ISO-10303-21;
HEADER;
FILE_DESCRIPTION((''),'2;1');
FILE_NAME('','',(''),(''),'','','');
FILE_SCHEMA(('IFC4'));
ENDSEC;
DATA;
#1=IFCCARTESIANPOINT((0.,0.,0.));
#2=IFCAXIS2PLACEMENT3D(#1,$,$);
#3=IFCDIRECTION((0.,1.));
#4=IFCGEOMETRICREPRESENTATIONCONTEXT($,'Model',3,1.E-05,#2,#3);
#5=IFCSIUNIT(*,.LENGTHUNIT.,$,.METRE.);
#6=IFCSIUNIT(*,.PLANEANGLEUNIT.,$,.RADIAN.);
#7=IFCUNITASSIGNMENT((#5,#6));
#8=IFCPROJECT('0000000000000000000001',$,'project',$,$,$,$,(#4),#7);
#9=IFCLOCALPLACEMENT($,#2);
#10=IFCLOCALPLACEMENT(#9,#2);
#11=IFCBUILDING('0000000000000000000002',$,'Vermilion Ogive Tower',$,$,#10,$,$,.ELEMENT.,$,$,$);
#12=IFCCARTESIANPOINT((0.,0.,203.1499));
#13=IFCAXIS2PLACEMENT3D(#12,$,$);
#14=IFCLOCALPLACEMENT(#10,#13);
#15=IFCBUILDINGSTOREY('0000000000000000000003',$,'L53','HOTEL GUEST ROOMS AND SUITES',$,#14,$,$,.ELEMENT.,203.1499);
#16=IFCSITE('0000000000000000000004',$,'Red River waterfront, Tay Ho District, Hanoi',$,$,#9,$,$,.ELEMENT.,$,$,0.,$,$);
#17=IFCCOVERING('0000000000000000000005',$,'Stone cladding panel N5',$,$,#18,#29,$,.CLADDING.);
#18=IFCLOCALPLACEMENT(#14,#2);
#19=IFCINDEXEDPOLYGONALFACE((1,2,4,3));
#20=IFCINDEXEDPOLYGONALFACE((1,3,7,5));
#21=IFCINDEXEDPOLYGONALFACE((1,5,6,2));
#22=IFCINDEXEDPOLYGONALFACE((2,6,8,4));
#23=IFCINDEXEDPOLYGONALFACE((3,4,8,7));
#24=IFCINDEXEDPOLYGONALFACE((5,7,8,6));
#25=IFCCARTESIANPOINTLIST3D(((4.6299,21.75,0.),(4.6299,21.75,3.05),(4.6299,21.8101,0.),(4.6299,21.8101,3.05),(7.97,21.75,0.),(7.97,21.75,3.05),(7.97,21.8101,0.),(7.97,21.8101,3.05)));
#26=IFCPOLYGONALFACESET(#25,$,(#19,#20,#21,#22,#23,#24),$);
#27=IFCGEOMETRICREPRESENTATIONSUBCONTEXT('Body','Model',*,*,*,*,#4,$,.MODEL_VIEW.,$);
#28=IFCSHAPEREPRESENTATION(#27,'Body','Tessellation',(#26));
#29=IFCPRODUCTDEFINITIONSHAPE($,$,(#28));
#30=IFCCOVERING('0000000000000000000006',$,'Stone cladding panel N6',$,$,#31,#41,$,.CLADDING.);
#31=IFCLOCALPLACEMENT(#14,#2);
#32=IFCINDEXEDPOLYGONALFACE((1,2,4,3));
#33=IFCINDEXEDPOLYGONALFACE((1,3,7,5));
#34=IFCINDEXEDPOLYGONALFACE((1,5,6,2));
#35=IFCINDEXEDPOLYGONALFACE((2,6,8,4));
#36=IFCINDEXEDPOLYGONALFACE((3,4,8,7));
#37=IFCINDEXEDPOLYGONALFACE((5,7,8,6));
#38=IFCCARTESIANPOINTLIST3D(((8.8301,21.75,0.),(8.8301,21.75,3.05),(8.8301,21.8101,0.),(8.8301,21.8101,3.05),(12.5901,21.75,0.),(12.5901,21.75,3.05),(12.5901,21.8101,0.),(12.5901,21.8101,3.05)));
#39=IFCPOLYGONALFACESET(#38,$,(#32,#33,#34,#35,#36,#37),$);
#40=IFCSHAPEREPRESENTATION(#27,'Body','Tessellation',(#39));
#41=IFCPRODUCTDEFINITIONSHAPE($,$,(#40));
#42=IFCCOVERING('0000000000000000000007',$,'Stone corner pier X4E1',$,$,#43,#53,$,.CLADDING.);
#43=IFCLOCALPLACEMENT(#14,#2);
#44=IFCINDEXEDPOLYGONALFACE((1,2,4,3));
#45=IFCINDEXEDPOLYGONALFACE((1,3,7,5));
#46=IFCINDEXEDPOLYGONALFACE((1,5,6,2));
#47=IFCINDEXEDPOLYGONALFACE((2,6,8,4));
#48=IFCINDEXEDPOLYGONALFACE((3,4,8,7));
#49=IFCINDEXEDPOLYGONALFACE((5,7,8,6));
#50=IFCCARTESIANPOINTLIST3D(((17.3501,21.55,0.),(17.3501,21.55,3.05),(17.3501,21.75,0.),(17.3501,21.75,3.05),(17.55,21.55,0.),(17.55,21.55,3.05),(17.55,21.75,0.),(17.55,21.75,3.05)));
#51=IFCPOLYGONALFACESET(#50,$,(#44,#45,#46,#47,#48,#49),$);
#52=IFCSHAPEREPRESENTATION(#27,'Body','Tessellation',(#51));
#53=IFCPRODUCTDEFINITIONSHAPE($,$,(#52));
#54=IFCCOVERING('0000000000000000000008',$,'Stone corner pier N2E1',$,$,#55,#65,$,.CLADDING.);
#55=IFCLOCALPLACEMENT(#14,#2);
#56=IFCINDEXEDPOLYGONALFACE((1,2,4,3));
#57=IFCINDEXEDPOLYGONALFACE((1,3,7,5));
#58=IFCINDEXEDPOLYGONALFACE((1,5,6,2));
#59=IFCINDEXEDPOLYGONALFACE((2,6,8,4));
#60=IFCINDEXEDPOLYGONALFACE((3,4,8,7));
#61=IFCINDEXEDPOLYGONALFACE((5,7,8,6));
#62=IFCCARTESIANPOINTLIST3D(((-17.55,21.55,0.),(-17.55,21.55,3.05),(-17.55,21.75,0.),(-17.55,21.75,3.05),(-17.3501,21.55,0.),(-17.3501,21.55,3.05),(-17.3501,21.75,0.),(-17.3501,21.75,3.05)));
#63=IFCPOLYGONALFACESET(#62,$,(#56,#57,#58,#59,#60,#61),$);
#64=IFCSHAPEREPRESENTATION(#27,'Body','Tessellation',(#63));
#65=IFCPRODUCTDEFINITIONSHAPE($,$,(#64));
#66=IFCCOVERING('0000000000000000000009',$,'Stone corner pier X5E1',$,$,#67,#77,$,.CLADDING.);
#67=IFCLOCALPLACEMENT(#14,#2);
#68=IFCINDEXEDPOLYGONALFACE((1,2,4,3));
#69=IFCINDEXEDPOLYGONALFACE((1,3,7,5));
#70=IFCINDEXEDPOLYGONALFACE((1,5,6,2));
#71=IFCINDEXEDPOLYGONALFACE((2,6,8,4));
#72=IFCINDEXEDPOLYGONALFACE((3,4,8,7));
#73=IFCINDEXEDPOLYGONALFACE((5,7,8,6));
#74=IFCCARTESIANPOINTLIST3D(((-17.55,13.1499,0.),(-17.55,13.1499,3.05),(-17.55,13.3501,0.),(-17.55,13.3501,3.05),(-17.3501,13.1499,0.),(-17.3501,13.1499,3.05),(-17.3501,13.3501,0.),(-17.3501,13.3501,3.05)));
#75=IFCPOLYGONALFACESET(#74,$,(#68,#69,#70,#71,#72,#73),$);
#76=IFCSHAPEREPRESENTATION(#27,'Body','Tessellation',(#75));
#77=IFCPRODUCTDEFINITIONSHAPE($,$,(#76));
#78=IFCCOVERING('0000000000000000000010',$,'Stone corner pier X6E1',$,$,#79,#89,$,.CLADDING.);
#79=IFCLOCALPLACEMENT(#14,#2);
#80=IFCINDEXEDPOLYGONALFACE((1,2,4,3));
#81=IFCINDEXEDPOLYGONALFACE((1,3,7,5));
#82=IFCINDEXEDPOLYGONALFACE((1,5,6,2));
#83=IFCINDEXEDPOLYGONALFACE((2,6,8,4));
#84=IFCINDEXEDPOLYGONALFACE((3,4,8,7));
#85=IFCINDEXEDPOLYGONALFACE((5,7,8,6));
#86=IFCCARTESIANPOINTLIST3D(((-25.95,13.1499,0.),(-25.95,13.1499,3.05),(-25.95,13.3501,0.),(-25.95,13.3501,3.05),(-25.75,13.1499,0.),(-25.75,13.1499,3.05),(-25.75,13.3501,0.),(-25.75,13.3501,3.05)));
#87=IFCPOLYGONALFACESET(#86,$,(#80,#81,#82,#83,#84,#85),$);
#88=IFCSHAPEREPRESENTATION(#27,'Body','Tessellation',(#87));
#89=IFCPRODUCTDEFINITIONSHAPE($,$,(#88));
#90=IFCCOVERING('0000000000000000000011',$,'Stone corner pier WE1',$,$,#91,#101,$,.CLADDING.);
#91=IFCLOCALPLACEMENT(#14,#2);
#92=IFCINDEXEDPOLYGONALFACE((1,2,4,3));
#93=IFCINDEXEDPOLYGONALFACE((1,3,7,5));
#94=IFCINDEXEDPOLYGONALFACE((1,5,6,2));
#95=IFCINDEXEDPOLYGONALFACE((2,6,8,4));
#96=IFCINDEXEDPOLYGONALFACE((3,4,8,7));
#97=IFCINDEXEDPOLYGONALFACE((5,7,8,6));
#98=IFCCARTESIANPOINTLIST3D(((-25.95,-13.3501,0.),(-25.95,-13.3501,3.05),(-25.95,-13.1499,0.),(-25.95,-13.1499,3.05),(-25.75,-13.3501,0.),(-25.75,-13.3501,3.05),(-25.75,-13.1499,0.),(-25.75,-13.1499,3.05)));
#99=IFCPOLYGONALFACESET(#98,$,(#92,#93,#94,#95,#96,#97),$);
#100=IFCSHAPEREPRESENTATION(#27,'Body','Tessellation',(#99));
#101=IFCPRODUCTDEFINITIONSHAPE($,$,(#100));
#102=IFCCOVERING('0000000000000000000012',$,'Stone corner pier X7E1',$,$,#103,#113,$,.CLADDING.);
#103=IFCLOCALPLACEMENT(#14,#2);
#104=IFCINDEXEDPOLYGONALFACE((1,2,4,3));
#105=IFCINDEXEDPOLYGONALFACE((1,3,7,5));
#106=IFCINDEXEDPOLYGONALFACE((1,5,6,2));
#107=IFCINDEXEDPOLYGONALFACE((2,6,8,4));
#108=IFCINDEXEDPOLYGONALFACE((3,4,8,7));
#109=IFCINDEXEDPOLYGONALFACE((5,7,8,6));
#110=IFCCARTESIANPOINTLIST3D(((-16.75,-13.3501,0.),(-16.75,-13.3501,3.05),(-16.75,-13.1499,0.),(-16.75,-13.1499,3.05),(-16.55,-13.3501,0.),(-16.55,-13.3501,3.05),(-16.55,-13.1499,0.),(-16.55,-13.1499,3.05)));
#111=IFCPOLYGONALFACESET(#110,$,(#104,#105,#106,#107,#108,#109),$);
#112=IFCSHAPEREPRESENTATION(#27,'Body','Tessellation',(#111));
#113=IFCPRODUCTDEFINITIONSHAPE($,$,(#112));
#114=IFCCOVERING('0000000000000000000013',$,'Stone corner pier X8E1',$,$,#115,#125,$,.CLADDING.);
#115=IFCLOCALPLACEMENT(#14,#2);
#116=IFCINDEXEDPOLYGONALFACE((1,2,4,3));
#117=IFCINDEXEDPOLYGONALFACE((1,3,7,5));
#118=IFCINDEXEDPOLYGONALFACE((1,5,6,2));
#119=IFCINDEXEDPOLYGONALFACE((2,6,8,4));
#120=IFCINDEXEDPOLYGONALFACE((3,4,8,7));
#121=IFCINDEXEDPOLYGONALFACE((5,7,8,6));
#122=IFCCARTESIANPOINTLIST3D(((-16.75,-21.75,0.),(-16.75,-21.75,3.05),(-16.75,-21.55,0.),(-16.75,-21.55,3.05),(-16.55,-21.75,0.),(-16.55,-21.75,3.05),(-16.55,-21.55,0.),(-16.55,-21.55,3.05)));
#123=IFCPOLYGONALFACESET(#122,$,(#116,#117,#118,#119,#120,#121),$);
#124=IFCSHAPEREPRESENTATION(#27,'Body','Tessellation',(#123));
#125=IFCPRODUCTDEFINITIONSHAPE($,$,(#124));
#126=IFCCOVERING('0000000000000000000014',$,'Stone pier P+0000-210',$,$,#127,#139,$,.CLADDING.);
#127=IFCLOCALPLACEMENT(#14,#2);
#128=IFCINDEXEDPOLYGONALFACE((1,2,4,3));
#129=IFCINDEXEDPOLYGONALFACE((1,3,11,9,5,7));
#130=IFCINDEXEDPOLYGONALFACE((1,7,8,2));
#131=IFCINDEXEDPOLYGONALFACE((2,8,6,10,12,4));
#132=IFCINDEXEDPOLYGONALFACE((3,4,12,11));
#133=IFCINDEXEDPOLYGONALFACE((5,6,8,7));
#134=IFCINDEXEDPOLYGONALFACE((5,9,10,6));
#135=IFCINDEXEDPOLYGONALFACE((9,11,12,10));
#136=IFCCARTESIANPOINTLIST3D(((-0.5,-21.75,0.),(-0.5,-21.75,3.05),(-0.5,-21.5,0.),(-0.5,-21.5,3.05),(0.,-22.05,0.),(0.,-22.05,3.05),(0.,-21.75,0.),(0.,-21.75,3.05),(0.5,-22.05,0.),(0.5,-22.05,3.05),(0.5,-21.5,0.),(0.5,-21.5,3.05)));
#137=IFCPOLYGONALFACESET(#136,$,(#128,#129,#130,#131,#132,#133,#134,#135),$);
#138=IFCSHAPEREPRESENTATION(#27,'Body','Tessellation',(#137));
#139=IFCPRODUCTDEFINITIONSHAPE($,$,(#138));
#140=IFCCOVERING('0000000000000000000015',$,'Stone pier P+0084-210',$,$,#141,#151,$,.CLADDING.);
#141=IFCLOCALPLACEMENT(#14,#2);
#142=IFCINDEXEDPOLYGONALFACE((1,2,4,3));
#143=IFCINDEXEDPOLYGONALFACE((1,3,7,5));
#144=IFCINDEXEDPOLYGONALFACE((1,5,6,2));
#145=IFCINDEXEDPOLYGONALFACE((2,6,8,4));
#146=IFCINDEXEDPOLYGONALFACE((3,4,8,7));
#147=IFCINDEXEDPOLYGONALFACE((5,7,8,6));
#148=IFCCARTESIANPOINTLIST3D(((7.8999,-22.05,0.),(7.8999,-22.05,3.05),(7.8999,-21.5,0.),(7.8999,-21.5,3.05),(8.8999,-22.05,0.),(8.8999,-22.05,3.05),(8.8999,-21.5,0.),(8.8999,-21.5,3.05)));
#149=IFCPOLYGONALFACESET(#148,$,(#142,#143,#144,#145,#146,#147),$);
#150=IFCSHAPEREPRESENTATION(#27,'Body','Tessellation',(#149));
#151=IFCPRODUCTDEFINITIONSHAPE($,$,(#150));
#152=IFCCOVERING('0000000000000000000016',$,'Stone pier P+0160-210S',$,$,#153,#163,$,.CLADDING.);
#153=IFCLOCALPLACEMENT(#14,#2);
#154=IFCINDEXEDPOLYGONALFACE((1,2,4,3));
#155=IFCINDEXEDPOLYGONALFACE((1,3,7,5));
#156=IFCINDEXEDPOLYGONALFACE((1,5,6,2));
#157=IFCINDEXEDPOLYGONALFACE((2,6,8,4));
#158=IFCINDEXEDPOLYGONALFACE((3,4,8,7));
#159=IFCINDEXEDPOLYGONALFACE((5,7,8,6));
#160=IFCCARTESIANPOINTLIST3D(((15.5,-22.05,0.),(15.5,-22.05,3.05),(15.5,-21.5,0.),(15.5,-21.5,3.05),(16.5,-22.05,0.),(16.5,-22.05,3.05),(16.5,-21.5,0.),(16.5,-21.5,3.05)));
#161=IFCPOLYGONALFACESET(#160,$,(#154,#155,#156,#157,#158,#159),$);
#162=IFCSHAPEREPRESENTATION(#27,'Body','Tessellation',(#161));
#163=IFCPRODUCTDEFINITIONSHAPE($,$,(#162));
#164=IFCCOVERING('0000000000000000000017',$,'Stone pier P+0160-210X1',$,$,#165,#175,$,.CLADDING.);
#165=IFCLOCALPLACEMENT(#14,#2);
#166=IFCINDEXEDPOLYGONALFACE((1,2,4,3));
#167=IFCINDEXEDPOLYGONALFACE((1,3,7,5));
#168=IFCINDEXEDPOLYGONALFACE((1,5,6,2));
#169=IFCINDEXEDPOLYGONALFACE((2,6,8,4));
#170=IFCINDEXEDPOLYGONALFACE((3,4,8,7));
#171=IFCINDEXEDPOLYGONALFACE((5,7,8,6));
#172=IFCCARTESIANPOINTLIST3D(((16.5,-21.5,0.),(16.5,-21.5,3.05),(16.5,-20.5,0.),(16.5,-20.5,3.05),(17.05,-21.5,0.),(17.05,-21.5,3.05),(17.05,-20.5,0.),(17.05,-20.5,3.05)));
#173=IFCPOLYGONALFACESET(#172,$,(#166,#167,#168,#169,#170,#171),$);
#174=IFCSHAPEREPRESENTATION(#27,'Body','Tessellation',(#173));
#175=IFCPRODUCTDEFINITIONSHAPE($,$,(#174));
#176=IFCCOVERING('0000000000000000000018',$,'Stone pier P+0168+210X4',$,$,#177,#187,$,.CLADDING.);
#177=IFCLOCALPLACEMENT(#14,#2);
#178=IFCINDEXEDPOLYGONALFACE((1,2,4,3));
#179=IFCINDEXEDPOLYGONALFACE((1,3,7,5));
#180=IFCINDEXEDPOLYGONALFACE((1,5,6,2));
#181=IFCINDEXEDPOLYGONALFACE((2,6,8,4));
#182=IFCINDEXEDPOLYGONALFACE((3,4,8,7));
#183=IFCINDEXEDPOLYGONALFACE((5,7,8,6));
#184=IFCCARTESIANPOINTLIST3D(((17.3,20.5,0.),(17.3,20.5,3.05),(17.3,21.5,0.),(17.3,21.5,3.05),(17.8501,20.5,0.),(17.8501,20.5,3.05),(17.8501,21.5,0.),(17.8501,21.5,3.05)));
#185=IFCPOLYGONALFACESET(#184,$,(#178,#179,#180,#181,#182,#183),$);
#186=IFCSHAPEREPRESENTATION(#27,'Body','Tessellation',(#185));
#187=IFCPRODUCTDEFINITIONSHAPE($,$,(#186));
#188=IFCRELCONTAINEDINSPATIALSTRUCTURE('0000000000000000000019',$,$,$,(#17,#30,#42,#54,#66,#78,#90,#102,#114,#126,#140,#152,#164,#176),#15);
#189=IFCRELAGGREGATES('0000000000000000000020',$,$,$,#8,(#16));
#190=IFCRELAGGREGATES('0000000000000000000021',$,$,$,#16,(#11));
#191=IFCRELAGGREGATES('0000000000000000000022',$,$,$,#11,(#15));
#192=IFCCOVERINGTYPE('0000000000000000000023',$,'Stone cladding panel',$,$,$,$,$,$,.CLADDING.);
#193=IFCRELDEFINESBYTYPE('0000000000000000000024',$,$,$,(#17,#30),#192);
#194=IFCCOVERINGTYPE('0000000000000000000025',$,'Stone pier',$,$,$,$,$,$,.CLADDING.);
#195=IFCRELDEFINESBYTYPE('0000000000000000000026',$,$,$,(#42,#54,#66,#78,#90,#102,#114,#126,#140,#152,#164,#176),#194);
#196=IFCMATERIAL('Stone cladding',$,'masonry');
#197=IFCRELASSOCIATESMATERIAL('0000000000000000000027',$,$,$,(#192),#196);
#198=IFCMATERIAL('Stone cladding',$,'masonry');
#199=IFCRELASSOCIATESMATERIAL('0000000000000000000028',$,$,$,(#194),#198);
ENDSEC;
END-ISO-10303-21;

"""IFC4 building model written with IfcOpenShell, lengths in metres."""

from ifc_helpers import new_model, si_unit, direction, frame, origin, place, context, subcontext, project, spatial, polyline, outline, extrude, material, type_object, element, save


model = new_model("IFC4")

# Units and contexts
model_context = context("Model", 3, precision=1e-05, world=origin(), true_north=direction((0.0, 1.0)))
body_context = subcontext(model_context, "Body", "Model", "MODEL_VIEW")
ifc_project = project(units=[si_unit("LENGTHUNIT", "METRE"), si_unit("PLANEANGLEUNIT", "RADIAN")], contexts=[model_context])

# Site, building, storey
site_placement = place(None, origin())
site = spatial("IfcSite", under=ifc_project, at=site_placement, Name="Red River waterfront, Tay Ho District, Hanoi", CompositionType="ELEMENT", RefElevation=0.0)
building_placement = place(site_placement, origin())
building = spatial("IfcBuilding", under=site, at=building_placement, Name="Vermilion Ogive Tower", CompositionType="ELEMENT")
storey_placement = place(building_placement, frame((0.0, 0.0, 203.1499)))
storey = spatial("IfcBuildingStorey", under=building, at=storey_placement, Name="L53", Description="HOTEL GUEST ROOMS AND SUITES", CompositionType="ELEMENT", Elevation=203.1499)

# Coverings
ifc_material_1 = material(Name="Stone cladding", Category="masonry")
covering_type_1 = type_object("IfcCoveringType", Name="Stone cladding panel", PredefinedType="CLADDING", material=ifc_material_1)
covering_1_placement = place(storey_placement, origin())
element("IfcCovering", 1, at=covering_1_placement, inside=storey, type_object=covering_type_1, Name="Stone cladding panel N5", PredefinedType="CLADDING", context=body_context, shape_type="SweptSolid", body=[
    extrude(outline(polyline([(4.6299, 21.75), (7.97, 21.75), (7.97, 21.8101), (4.6299, 21.8101), (4.6299, 21.75)])), origin(), (0.0, 0.0, 1.0), 3.05),
])
covering_2_placement = place(storey_placement, origin())
element("IfcCovering", 2, at=covering_2_placement, inside=storey, type_object=covering_type_1, Name="Stone cladding panel N6", PredefinedType="CLADDING", context=body_context, shape_type="SweptSolid", body=[
    extrude(outline(polyline([(8.8301, 21.75), (12.5901, 21.75), (12.5901, 21.8101), (8.8301, 21.8101), (8.8301, 21.75)])), origin(), (0.0, 0.0, 1.0), 3.05),
])
ifc_material_2 = material(Name="Stone cladding", Category="masonry")
covering_type_2 = type_object("IfcCoveringType", Name="Stone pier", PredefinedType="CLADDING", material=ifc_material_2)
covering_3_placement = place(storey_placement, origin())
element("IfcCovering", 3, at=covering_3_placement, inside=storey, type_object=covering_type_2, Name="Stone corner pier X4E1", PredefinedType="CLADDING", context=body_context, shape_type="SweptSolid", body=[
    extrude(outline(polyline([(17.3501, 21.55), (17.3501, 21.75), (17.55, 21.75), (17.55, 21.55), (17.3501, 21.55)])), origin(), (0.0, 0.0, 1.0), 3.05),
])
covering_4_placement = place(storey_placement, origin())
element("IfcCovering", 4, at=covering_4_placement, inside=storey, type_object=covering_type_2, Name="Stone corner pier N2E1", PredefinedType="CLADDING", context=body_context, shape_type="SweptSolid", body=[
    extrude(outline(polyline([(-17.3501, 21.55), (-17.55, 21.55), (-17.55, 21.75), (-17.3501, 21.75), (-17.3501, 21.55)])), origin(), (0.0, 0.0, 1.0), 3.05),
])
covering_5_placement = place(storey_placement, origin())
element("IfcCovering", 5, at=covering_5_placement, inside=storey, type_object=covering_type_2, Name="Stone corner pier X5E1", PredefinedType="CLADDING", context=body_context, shape_type="SweptSolid", body=[
    extrude(outline(polyline([(-17.3501, 13.1499), (-17.55, 13.1499), (-17.55, 13.3501), (-17.3501, 13.3501), (-17.3501, 13.1499)])), origin(), (0.0, 0.0, 1.0), 3.05),
])
covering_6_placement = place(storey_placement, origin())
element("IfcCovering", 6, at=covering_6_placement, inside=storey, type_object=covering_type_2, Name="Stone corner pier X6E1", PredefinedType="CLADDING", context=body_context, shape_type="SweptSolid", body=[
    extrude(outline(polyline([(-25.75, 13.1499), (-25.95, 13.1499), (-25.95, 13.3501), (-25.75, 13.3501), (-25.75, 13.1499)])), origin(), (0.0, 0.0, 1.0), 3.05),
])
covering_7_placement = place(storey_placement, origin())
element("IfcCovering", 7, at=covering_7_placement, inside=storey, type_object=covering_type_2, Name="Stone corner pier WE1", PredefinedType="CLADDING", context=body_context, shape_type="SweptSolid", body=[
    extrude(outline(polyline([(-25.75, -13.1499), (-25.75, -13.3501), (-25.95, -13.3501), (-25.95, -13.1499), (-25.75, -13.1499)])), origin(), (0.0, 0.0, 1.0), 3.05),
])
covering_8_placement = place(storey_placement, origin())
element("IfcCovering", 8, at=covering_8_placement, inside=storey, type_object=covering_type_2, Name="Stone corner pier X7E1", PredefinedType="CLADDING", context=body_context, shape_type="SweptSolid", body=[
    extrude(outline(polyline([(-16.55, -13.1499), (-16.55, -13.3501), (-16.75, -13.3501), (-16.75, -13.1499), (-16.55, -13.1499)])), origin(), (0.0, 0.0, 1.0), 3.05),
])
covering_9_placement = place(storey_placement, origin())
element("IfcCovering", 9, at=covering_9_placement, inside=storey, type_object=covering_type_2, Name="Stone corner pier X8E1", PredefinedType="CLADDING", context=body_context, shape_type="SweptSolid", body=[
    extrude(outline(polyline([(-16.55, -21.55), (-16.55, -21.75), (-16.75, -21.75), (-16.75, -21.55), (-16.55, -21.55)])), origin(), (0.0, 0.0, 1.0), 3.05),
])
covering_10_placement = place(storey_placement, origin())
element("IfcCovering", 10, at=covering_10_placement, inside=storey, type_object=covering_type_2, Name="Stone pier P+0000-210", PredefinedType="CLADDING", context=body_context, shape_type="SweptSolid", body=[
    extrude(outline(polyline([(0.5, -22.05), (0.0, -22.05), (0.0, -21.75), (-0.5, -21.75), (-0.5, -21.5), (0.5, -21.5), (0.5, -22.05)])), origin(), (0.0, 0.0, 1.0), 3.05),
])
covering_11_placement = place(storey_placement, origin())
element("IfcCovering", 11, at=covering_11_placement, inside=storey, type_object=covering_type_2, Name="Stone pier P+0084-210", PredefinedType="CLADDING", context=body_context, shape_type="SweptSolid", body=[
    extrude(outline(polyline([(8.8999, -21.5), (8.8999, -22.05), (7.8999, -22.05), (7.8999, -21.5), (7.8999, -21.5), (8.8999, -21.5)])), origin(), (0.0, 0.0, 1.0), 3.05),
])
covering_12_placement = place(storey_placement, origin())
element("IfcCovering", 12, at=covering_12_placement, inside=storey, type_object=covering_type_2, Name="Stone pier P+0160-210S", PredefinedType="CLADDING", context=body_context, shape_type="SweptSolid", body=[
    extrude(outline(polyline([(16.5, -22.05), (15.5, -22.05), (15.5, -21.5), (16.5, -21.5), (16.5, -22.05)])), origin(), (0.0, 0.0, 1.0), 3.05),
])
covering_13_placement = place(storey_placement, origin())
element("IfcCovering", 13, at=covering_13_placement, inside=storey, type_object=covering_type_2, Name="Stone pier P+0160-210X1", PredefinedType="CLADDING", context=body_context, shape_type="SweptSolid", body=[
    extrude(outline(polyline([(17.05, -21.5), (16.5, -21.5), (16.5, -20.5), (17.05, -20.5), (17.05, -21.5)])), origin(), (0.0, 0.0, 1.0), 3.05),
])
covering_14_placement = place(storey_placement, origin())
element("IfcCovering", 14, at=covering_14_placement, inside=storey, type_object=covering_type_2, Name="Stone pier P+0168+210X4", PredefinedType="CLADDING", context=body_context, shape_type="SweptSolid", body=[
    extrude(outline(polyline([(17.8501, 21.5), (17.8501, 20.5), (17.3, 20.5), (17.3, 21.5), (17.8501, 21.5)])), origin(), (0.0, 0.0, 1.0), 3.05),
])

save(model, "model.ifc")
